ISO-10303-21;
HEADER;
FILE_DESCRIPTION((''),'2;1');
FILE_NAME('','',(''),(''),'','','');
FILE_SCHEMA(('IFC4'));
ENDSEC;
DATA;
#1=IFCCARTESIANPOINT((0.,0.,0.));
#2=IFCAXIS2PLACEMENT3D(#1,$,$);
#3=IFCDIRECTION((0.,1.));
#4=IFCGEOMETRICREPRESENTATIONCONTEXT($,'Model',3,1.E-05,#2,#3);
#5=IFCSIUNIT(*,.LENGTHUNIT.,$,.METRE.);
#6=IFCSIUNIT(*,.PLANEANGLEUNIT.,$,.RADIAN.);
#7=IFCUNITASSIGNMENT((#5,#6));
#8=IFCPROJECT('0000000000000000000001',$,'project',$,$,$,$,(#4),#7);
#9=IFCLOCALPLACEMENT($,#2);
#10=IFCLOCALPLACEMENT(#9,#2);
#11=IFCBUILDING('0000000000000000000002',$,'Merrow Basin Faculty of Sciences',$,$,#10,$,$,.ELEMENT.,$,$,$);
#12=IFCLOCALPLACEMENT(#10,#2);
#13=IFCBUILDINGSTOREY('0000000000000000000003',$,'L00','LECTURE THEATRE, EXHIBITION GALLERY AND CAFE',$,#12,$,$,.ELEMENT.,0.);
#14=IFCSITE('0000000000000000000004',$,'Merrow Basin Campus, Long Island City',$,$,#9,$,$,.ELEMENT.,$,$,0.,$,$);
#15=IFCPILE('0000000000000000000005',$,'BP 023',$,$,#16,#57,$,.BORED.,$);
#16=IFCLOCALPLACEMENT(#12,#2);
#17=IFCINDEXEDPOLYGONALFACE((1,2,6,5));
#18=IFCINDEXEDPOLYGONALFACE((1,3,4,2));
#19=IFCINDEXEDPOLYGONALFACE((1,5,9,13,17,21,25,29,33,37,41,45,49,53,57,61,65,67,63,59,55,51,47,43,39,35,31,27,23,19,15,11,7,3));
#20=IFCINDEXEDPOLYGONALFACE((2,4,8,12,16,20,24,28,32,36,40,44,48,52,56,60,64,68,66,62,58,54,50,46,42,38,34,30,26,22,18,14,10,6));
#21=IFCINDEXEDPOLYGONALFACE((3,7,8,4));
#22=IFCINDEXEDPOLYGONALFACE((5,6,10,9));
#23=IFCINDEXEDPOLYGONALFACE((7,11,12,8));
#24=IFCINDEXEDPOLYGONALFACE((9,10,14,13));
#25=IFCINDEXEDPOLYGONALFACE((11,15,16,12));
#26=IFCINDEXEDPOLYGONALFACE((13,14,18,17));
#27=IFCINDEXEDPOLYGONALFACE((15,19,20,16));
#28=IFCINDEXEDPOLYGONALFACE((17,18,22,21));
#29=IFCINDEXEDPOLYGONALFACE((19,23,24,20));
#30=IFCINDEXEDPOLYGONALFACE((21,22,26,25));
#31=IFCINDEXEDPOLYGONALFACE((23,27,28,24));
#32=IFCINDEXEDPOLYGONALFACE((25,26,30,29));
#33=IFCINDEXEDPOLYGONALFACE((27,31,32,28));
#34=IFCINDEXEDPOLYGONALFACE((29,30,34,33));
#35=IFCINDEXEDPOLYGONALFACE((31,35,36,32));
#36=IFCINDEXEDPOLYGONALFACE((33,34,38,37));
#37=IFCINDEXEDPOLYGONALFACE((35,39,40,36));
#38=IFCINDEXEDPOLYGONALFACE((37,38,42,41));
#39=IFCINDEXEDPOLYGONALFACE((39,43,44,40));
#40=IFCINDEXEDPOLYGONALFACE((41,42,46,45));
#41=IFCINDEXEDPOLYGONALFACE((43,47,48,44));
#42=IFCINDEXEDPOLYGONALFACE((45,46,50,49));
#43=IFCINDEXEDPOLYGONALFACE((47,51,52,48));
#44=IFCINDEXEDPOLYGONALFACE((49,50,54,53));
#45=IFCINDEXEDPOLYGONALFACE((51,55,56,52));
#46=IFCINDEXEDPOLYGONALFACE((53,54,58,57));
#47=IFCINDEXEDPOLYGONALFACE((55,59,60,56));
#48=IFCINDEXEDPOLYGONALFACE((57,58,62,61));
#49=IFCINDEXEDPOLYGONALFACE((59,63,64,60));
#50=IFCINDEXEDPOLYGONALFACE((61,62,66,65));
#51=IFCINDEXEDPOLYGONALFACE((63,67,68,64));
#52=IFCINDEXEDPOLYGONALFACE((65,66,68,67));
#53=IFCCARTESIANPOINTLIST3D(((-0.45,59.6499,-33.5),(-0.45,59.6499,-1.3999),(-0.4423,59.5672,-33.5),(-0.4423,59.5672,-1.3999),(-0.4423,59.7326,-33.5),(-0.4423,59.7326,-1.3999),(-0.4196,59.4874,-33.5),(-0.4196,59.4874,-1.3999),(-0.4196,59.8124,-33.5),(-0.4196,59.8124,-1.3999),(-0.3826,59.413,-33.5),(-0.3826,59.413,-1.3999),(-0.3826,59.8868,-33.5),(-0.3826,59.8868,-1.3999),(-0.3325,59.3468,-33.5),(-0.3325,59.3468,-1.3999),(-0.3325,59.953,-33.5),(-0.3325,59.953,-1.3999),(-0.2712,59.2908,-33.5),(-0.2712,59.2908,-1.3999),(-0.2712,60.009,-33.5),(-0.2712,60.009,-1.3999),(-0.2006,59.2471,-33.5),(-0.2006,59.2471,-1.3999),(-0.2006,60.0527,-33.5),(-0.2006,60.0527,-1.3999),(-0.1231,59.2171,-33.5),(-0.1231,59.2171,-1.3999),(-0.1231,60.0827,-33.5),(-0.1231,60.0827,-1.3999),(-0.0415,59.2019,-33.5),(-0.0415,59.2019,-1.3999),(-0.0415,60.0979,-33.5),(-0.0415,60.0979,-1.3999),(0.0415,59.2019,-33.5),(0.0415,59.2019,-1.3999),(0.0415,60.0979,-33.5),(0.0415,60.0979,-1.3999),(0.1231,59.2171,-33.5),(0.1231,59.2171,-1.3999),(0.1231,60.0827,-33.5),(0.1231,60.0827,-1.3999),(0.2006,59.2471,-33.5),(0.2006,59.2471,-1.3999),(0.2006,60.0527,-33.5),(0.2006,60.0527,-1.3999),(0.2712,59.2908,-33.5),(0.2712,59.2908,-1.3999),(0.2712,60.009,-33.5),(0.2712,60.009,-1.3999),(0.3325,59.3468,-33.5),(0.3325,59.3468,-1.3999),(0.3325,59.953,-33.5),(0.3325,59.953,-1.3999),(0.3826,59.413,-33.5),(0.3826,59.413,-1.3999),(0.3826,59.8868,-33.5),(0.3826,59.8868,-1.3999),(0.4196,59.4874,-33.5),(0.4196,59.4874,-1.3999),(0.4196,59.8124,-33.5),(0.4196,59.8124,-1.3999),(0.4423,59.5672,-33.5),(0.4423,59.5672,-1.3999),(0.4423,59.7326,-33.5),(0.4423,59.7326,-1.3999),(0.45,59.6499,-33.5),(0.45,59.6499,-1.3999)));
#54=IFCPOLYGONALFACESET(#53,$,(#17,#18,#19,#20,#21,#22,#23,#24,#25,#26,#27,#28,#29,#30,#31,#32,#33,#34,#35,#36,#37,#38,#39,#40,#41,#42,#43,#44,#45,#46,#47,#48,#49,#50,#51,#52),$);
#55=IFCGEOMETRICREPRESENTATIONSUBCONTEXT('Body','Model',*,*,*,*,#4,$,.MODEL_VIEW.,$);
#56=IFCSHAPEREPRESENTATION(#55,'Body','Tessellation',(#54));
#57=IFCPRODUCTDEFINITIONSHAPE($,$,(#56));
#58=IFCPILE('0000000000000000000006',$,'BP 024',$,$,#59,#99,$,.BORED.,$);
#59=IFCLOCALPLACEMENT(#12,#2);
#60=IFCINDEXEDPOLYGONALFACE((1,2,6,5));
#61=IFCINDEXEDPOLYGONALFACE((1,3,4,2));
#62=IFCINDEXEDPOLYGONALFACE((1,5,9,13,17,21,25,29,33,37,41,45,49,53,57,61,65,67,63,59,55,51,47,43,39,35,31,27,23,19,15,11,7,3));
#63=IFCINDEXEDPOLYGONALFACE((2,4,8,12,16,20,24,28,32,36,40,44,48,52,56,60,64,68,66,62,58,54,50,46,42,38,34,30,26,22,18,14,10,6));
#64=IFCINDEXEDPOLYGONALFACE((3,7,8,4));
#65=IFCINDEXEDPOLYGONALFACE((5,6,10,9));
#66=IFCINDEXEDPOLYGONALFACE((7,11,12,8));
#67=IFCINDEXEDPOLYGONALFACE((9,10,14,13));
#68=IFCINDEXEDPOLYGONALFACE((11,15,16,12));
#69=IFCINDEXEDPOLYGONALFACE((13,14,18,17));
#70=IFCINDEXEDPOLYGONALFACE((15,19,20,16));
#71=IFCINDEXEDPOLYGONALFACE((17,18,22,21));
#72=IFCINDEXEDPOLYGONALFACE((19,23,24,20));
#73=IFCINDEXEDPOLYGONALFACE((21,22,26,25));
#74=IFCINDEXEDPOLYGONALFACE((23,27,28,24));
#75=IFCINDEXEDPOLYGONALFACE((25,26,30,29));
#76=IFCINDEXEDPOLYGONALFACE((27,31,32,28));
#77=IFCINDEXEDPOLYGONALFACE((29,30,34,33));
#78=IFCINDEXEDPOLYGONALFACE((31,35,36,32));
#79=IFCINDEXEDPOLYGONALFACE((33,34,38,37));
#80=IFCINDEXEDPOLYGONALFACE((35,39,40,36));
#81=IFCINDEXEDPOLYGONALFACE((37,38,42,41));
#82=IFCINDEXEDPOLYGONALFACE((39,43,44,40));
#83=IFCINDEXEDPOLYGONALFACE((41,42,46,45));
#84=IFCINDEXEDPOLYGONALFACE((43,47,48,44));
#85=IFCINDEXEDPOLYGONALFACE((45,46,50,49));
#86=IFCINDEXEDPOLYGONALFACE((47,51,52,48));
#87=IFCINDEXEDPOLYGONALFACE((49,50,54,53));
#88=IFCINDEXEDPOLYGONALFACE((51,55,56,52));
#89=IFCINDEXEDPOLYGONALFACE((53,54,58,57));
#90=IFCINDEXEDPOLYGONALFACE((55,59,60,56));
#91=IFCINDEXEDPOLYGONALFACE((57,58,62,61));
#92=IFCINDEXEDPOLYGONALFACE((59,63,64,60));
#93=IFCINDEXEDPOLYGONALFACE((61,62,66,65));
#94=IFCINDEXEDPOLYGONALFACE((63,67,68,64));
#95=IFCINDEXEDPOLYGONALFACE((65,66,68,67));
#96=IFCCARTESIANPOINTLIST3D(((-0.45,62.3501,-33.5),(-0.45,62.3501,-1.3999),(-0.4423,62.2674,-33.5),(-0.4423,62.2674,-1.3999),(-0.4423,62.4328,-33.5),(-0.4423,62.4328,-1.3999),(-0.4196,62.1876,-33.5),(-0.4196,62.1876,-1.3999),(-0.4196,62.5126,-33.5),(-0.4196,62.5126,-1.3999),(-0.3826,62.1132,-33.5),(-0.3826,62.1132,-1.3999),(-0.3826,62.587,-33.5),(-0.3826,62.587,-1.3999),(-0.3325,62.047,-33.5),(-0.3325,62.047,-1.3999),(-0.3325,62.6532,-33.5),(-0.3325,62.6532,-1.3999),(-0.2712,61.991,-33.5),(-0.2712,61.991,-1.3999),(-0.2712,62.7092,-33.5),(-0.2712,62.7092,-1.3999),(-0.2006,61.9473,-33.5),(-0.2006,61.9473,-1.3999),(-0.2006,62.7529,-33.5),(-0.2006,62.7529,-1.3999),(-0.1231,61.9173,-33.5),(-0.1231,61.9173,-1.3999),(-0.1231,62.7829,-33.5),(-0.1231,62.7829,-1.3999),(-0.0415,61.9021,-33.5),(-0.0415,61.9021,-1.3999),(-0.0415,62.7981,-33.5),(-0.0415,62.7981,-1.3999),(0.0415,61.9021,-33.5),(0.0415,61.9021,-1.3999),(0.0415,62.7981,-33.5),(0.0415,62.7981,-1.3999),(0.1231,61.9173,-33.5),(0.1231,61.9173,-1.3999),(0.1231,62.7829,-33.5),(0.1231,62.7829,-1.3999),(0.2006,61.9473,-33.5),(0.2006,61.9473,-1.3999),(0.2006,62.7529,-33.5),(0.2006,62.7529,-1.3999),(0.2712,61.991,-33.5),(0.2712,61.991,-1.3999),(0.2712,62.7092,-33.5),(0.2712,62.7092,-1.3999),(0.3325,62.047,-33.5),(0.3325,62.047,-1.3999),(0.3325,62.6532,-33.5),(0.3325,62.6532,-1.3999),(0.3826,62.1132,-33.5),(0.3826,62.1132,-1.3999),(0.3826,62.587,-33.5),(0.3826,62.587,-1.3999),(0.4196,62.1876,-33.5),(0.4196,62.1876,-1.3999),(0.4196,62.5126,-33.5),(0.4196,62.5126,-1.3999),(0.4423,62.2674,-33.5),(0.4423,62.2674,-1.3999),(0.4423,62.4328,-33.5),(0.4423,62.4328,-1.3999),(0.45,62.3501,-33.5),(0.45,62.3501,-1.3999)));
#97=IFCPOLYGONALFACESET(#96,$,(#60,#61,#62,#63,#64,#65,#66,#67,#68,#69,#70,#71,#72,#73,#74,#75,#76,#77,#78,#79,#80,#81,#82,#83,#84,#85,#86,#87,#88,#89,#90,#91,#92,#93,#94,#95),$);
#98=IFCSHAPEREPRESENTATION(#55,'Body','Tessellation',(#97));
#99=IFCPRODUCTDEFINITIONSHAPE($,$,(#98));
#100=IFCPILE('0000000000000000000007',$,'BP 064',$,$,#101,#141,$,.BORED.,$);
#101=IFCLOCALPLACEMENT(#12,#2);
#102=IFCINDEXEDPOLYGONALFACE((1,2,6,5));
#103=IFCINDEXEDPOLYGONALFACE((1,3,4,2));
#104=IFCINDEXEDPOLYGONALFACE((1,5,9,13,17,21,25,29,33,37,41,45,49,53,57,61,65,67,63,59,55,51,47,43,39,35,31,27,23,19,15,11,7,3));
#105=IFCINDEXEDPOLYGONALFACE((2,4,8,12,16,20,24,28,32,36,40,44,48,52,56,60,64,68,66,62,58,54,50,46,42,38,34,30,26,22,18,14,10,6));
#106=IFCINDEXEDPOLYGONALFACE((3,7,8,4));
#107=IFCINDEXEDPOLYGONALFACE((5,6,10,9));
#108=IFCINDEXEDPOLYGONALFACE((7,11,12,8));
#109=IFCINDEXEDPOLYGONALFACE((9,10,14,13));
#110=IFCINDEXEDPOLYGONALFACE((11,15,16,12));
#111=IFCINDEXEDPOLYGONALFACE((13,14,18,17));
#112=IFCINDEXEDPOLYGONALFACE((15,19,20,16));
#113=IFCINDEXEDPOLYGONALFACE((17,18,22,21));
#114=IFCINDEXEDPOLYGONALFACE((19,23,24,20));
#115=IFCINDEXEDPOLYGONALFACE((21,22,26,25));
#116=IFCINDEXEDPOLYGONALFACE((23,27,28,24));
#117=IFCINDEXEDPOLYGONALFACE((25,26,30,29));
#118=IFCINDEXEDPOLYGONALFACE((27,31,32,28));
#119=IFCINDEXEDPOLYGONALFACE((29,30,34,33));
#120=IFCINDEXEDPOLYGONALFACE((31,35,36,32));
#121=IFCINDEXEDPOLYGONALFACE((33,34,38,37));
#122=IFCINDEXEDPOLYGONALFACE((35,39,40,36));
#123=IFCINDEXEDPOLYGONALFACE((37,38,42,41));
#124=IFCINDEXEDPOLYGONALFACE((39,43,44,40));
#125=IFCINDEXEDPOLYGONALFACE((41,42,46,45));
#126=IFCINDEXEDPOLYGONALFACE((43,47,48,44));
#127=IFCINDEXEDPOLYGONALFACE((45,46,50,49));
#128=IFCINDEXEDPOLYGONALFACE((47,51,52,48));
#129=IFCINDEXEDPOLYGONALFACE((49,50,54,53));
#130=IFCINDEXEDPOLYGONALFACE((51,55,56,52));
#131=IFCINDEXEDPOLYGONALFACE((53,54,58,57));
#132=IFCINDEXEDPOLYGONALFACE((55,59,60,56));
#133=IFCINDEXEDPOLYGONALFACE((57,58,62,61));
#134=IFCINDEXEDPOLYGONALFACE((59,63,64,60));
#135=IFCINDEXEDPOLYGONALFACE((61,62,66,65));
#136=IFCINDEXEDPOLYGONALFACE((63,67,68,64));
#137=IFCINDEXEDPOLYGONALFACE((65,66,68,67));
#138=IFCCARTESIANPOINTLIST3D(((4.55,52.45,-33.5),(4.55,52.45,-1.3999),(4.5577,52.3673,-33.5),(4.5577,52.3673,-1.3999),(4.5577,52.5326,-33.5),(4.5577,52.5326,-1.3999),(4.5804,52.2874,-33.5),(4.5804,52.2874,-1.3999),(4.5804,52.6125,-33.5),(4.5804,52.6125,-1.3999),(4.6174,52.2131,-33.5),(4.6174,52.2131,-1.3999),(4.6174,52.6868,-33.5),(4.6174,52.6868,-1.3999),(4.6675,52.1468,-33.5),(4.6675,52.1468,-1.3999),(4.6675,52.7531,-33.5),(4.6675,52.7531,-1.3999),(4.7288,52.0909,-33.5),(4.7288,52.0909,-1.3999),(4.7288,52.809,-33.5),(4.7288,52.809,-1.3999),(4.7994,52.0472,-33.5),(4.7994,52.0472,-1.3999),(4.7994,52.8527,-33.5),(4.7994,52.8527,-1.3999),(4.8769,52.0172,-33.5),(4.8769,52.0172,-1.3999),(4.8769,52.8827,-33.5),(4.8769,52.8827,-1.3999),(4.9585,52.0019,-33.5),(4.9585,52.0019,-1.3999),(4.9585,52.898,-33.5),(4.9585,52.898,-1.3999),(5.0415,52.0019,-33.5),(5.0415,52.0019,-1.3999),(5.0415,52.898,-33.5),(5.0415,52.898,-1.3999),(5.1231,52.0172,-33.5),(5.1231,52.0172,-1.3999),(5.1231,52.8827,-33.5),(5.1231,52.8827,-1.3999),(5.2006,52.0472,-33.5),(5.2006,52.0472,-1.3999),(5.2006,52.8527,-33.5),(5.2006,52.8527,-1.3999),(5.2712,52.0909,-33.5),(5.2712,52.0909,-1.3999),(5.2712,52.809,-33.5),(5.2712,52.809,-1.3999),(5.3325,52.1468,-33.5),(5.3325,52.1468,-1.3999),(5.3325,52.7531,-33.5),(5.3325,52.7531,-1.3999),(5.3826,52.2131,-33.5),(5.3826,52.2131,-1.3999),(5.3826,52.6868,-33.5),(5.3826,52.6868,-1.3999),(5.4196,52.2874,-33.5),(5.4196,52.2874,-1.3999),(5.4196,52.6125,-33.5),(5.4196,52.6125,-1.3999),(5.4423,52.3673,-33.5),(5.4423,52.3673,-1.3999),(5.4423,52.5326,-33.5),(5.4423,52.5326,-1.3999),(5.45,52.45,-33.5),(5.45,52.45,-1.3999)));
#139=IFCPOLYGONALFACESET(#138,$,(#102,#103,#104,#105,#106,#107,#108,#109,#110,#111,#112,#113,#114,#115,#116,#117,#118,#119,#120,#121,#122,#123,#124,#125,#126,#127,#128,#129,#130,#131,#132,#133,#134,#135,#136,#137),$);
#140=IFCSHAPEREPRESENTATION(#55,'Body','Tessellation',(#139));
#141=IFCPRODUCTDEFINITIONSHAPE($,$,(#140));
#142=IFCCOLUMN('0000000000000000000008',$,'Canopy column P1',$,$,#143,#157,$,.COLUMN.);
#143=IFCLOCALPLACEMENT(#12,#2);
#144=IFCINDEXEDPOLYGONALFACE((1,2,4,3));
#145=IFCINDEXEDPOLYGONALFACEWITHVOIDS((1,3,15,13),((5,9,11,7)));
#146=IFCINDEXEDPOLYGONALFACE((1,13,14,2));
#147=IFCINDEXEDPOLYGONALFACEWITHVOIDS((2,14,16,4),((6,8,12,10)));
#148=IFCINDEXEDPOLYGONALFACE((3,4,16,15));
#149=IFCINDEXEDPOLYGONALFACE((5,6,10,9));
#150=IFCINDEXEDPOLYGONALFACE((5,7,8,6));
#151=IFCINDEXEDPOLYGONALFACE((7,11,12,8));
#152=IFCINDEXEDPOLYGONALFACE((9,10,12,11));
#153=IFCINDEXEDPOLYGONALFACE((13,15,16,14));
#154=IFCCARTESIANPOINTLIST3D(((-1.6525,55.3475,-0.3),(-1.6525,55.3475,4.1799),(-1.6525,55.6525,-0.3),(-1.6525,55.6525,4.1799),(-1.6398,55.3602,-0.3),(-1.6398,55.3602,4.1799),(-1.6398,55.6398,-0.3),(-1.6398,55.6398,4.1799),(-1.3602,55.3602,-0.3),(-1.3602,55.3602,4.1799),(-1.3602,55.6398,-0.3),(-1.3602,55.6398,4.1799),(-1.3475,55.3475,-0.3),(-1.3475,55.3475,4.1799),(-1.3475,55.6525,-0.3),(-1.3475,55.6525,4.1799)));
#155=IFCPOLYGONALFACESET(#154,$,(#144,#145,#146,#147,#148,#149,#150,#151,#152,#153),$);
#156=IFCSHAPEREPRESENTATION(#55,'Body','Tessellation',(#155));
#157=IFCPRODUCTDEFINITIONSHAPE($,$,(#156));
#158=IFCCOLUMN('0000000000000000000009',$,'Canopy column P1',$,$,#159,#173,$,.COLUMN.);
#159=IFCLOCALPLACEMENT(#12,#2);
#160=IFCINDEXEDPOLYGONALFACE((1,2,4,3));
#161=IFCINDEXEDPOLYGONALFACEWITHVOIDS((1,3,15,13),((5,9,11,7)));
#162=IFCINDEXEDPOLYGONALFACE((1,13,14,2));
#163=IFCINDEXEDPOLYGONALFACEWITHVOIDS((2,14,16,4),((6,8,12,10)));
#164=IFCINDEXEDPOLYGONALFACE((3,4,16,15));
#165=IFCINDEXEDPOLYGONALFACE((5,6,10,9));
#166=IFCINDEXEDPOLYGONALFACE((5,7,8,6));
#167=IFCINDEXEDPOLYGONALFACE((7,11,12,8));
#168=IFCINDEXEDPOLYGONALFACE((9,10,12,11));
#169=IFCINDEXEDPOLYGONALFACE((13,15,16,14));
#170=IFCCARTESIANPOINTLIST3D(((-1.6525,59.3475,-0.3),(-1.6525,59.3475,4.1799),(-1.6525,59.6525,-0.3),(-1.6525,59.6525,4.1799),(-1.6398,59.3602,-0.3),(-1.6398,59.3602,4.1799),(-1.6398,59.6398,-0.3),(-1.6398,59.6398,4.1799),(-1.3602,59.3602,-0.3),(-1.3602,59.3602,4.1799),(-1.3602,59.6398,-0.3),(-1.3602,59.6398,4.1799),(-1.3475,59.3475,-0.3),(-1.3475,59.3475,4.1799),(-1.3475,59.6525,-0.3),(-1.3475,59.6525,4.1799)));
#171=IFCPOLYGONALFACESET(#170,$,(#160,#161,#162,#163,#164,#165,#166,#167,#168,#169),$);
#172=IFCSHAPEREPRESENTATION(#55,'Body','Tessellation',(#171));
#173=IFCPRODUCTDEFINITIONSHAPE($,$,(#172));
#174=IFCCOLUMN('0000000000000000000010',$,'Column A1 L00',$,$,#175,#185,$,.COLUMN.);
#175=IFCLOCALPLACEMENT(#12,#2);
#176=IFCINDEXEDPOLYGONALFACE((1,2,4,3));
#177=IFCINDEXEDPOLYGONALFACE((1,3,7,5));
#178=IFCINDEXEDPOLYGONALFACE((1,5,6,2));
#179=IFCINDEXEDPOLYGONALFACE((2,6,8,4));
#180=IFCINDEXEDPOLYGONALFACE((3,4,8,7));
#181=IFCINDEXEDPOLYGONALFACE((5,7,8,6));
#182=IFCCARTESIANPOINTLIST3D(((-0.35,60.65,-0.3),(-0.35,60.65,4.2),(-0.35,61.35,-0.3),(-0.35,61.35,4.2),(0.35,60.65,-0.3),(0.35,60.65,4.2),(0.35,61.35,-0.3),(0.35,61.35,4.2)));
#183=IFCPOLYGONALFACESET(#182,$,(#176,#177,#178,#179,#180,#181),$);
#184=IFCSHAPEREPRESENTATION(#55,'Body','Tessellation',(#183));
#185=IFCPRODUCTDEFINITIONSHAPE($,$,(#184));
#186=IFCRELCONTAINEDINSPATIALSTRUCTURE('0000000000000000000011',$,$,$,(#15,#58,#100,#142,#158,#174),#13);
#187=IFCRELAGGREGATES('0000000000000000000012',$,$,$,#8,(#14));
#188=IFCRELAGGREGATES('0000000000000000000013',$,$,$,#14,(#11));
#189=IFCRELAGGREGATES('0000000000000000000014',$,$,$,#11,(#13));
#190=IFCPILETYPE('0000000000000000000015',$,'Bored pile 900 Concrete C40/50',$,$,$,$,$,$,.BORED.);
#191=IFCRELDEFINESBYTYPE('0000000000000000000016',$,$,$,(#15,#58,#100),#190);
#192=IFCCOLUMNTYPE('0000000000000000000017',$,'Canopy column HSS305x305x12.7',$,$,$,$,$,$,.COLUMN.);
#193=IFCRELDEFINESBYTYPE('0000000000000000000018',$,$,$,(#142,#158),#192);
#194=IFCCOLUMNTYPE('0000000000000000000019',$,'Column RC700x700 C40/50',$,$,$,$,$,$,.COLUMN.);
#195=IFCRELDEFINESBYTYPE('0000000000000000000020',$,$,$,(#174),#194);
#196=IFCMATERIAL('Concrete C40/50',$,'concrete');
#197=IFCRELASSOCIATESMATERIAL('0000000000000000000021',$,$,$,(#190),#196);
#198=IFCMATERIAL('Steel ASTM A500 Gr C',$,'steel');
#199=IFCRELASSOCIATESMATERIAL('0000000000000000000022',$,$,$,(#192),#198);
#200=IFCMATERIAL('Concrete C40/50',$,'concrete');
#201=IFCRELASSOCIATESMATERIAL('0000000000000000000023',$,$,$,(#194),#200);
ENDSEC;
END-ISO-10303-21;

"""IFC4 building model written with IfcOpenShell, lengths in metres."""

from ifc_helpers import new_model, si_unit, direction, frame, origin, origin_2d, place, context, subcontext, project, spatial, rectangle, hollow_rectangle, circle, extrude, material, material_profile, profile_set, type_object, element, save


model = new_model("IFC4")

# Units and contexts
model_context = context("Model", 3, precision=1e-05, world=origin(), true_north=direction((0.0, 1.0)))
body_context = subcontext(model_context, "Body", "Model", "MODEL_VIEW")
ifc_project = project(units=[si_unit("LENGTHUNIT", "METRE"), si_unit("PLANEANGLEUNIT", "RADIAN")], contexts=[model_context])

# Site, building, storey
site_placement = place(None, origin())
site = spatial("IfcSite", under=ifc_project, at=site_placement, Name="Merrow Basin Campus, Long Island City", CompositionType="ELEMENT", RefElevation=0.0)
building_placement = place(site_placement, origin())
building = spatial("IfcBuilding", under=site, at=building_placement, Name="Merrow Basin Faculty of Sciences", CompositionType="ELEMENT")
storey_placement = place(building_placement, origin())
storey = spatial("IfcBuildingStorey", under=building, at=storey_placement, Name="L00", Description="LECTURE THEATRE, EXHIBITION GALLERY AND CAFE", CompositionType="ELEMENT", Elevation=0.0)

# Piles
ifc_material_1 = material(Name="Concrete C40/50", Category="concrete")
ifc_material_profile_1 = material_profile(ifc_material_1, circle(Radius=0.45, at=origin_2d()))
ifc_profile_set_1 = profile_set([ifc_material_profile_1], Name="Concrete C40/50")
pile_type_1 = type_object("IfcPileType", Name="Bored pile 900 Concrete C40/50", PredefinedType="BORED", material=ifc_profile_set_1)
for number, where, z_axis, x_axis, name in (
    (1, (0.0, 59.6499, -1.3999), (0.0, 0.0, -1.0), (1.0, 0.0, 0.0), "BP 023"),
    (2, (0.0, 62.3501, -1.3999), (0.0, 0.0, -1.0), (1.0, 0.0, 0.0), "BP 024"),
    (3, (5.0, 52.45, -1.3999), (0.0, 0.0, -1.0), (1.0, 0.0, 0.0), "BP 064"),
):
    element("IfcPile", number, at=place(storey_placement, frame(where, z_axis=z_axis, x_axis=x_axis)), inside=storey, type_object=pile_type_1, Name=name, PredefinedType="BORED", context=body_context, shape_type="SweptSolid", body=[
        extrude(circle(Radius=0.45, at=origin_2d()), origin(), (0.0, 0.0, 1.0), 32.1001),
    ])

# Columns
ifc_material_2 = material(Name="Steel ASTM A500 Gr C", Category="steel")
ifc_material_profile_2 = material_profile(ifc_material_2, hollow_rectangle(XDim=0.3049, YDim=0.3049, WallThickness=0.0127, at=origin_2d()))
ifc_profile_set_2 = profile_set([ifc_material_profile_2], Name="Steel ASTM A500 Gr C")
column_type_1 = type_object("IfcColumnType", Name="Canopy column HSS305x305x12.7", PredefinedType="COLUMN", material=ifc_profile_set_2)
for number, where, z_axis, x_axis, name in (
    (4, (-1.5, 55.5, -0.3), (0.0, 0.0, 1.0), (1.0, 0.0, 0.0), "Canopy column P1"),
    (5, (-1.5, 59.5, -0.3), (0.0, 0.0, 1.0), (1.0, 0.0, 0.0), "Canopy column P1"),
):
    element("IfcColumn", number, at=place(storey_placement, frame(where, z_axis=z_axis, x_axis=x_axis)), inside=storey, type_object=column_type_1, Name=name, PredefinedType="COLUMN", context=body_context, shape_type="SweptSolid", body=[
        extrude(hollow_rectangle(XDim=0.3049, YDim=0.3049, WallThickness=0.0127, at=origin_2d()), origin(), (0.0, 0.0, 1.0), 4.48),
    ])
ifc_material_3 = material(Name="Concrete C40/50", Category="concrete")
ifc_material_profile_3 = material_profile(ifc_material_3, rectangle(XDim=0.7, YDim=0.7, at=origin_2d()))
ifc_profile_set_3 = profile_set([ifc_material_profile_3], Name="Concrete C40/50")
column_type_2 = type_object("IfcColumnType", Name="Column RC700x700 C40/50", PredefinedType="COLUMN", material=ifc_profile_set_3)
column_placement = place(storey_placement, frame((0.0, 61.0, -0.3), z_axis=(0.0, 0.0, 1.0), x_axis=(1.0, 0.0, 0.0)))
element("IfcColumn", 6, at=column_placement, inside=storey, type_object=column_type_2, Name="Column A1 L00", PredefinedType="COLUMN", context=body_context, shape_type="SweptSolid", body=[
    extrude(rectangle(XDim=0.7, YDim=0.7, at=origin_2d()), origin(), (0.0, 0.0, 1.0), 4.5),
])

save(model, "model.ifc")
